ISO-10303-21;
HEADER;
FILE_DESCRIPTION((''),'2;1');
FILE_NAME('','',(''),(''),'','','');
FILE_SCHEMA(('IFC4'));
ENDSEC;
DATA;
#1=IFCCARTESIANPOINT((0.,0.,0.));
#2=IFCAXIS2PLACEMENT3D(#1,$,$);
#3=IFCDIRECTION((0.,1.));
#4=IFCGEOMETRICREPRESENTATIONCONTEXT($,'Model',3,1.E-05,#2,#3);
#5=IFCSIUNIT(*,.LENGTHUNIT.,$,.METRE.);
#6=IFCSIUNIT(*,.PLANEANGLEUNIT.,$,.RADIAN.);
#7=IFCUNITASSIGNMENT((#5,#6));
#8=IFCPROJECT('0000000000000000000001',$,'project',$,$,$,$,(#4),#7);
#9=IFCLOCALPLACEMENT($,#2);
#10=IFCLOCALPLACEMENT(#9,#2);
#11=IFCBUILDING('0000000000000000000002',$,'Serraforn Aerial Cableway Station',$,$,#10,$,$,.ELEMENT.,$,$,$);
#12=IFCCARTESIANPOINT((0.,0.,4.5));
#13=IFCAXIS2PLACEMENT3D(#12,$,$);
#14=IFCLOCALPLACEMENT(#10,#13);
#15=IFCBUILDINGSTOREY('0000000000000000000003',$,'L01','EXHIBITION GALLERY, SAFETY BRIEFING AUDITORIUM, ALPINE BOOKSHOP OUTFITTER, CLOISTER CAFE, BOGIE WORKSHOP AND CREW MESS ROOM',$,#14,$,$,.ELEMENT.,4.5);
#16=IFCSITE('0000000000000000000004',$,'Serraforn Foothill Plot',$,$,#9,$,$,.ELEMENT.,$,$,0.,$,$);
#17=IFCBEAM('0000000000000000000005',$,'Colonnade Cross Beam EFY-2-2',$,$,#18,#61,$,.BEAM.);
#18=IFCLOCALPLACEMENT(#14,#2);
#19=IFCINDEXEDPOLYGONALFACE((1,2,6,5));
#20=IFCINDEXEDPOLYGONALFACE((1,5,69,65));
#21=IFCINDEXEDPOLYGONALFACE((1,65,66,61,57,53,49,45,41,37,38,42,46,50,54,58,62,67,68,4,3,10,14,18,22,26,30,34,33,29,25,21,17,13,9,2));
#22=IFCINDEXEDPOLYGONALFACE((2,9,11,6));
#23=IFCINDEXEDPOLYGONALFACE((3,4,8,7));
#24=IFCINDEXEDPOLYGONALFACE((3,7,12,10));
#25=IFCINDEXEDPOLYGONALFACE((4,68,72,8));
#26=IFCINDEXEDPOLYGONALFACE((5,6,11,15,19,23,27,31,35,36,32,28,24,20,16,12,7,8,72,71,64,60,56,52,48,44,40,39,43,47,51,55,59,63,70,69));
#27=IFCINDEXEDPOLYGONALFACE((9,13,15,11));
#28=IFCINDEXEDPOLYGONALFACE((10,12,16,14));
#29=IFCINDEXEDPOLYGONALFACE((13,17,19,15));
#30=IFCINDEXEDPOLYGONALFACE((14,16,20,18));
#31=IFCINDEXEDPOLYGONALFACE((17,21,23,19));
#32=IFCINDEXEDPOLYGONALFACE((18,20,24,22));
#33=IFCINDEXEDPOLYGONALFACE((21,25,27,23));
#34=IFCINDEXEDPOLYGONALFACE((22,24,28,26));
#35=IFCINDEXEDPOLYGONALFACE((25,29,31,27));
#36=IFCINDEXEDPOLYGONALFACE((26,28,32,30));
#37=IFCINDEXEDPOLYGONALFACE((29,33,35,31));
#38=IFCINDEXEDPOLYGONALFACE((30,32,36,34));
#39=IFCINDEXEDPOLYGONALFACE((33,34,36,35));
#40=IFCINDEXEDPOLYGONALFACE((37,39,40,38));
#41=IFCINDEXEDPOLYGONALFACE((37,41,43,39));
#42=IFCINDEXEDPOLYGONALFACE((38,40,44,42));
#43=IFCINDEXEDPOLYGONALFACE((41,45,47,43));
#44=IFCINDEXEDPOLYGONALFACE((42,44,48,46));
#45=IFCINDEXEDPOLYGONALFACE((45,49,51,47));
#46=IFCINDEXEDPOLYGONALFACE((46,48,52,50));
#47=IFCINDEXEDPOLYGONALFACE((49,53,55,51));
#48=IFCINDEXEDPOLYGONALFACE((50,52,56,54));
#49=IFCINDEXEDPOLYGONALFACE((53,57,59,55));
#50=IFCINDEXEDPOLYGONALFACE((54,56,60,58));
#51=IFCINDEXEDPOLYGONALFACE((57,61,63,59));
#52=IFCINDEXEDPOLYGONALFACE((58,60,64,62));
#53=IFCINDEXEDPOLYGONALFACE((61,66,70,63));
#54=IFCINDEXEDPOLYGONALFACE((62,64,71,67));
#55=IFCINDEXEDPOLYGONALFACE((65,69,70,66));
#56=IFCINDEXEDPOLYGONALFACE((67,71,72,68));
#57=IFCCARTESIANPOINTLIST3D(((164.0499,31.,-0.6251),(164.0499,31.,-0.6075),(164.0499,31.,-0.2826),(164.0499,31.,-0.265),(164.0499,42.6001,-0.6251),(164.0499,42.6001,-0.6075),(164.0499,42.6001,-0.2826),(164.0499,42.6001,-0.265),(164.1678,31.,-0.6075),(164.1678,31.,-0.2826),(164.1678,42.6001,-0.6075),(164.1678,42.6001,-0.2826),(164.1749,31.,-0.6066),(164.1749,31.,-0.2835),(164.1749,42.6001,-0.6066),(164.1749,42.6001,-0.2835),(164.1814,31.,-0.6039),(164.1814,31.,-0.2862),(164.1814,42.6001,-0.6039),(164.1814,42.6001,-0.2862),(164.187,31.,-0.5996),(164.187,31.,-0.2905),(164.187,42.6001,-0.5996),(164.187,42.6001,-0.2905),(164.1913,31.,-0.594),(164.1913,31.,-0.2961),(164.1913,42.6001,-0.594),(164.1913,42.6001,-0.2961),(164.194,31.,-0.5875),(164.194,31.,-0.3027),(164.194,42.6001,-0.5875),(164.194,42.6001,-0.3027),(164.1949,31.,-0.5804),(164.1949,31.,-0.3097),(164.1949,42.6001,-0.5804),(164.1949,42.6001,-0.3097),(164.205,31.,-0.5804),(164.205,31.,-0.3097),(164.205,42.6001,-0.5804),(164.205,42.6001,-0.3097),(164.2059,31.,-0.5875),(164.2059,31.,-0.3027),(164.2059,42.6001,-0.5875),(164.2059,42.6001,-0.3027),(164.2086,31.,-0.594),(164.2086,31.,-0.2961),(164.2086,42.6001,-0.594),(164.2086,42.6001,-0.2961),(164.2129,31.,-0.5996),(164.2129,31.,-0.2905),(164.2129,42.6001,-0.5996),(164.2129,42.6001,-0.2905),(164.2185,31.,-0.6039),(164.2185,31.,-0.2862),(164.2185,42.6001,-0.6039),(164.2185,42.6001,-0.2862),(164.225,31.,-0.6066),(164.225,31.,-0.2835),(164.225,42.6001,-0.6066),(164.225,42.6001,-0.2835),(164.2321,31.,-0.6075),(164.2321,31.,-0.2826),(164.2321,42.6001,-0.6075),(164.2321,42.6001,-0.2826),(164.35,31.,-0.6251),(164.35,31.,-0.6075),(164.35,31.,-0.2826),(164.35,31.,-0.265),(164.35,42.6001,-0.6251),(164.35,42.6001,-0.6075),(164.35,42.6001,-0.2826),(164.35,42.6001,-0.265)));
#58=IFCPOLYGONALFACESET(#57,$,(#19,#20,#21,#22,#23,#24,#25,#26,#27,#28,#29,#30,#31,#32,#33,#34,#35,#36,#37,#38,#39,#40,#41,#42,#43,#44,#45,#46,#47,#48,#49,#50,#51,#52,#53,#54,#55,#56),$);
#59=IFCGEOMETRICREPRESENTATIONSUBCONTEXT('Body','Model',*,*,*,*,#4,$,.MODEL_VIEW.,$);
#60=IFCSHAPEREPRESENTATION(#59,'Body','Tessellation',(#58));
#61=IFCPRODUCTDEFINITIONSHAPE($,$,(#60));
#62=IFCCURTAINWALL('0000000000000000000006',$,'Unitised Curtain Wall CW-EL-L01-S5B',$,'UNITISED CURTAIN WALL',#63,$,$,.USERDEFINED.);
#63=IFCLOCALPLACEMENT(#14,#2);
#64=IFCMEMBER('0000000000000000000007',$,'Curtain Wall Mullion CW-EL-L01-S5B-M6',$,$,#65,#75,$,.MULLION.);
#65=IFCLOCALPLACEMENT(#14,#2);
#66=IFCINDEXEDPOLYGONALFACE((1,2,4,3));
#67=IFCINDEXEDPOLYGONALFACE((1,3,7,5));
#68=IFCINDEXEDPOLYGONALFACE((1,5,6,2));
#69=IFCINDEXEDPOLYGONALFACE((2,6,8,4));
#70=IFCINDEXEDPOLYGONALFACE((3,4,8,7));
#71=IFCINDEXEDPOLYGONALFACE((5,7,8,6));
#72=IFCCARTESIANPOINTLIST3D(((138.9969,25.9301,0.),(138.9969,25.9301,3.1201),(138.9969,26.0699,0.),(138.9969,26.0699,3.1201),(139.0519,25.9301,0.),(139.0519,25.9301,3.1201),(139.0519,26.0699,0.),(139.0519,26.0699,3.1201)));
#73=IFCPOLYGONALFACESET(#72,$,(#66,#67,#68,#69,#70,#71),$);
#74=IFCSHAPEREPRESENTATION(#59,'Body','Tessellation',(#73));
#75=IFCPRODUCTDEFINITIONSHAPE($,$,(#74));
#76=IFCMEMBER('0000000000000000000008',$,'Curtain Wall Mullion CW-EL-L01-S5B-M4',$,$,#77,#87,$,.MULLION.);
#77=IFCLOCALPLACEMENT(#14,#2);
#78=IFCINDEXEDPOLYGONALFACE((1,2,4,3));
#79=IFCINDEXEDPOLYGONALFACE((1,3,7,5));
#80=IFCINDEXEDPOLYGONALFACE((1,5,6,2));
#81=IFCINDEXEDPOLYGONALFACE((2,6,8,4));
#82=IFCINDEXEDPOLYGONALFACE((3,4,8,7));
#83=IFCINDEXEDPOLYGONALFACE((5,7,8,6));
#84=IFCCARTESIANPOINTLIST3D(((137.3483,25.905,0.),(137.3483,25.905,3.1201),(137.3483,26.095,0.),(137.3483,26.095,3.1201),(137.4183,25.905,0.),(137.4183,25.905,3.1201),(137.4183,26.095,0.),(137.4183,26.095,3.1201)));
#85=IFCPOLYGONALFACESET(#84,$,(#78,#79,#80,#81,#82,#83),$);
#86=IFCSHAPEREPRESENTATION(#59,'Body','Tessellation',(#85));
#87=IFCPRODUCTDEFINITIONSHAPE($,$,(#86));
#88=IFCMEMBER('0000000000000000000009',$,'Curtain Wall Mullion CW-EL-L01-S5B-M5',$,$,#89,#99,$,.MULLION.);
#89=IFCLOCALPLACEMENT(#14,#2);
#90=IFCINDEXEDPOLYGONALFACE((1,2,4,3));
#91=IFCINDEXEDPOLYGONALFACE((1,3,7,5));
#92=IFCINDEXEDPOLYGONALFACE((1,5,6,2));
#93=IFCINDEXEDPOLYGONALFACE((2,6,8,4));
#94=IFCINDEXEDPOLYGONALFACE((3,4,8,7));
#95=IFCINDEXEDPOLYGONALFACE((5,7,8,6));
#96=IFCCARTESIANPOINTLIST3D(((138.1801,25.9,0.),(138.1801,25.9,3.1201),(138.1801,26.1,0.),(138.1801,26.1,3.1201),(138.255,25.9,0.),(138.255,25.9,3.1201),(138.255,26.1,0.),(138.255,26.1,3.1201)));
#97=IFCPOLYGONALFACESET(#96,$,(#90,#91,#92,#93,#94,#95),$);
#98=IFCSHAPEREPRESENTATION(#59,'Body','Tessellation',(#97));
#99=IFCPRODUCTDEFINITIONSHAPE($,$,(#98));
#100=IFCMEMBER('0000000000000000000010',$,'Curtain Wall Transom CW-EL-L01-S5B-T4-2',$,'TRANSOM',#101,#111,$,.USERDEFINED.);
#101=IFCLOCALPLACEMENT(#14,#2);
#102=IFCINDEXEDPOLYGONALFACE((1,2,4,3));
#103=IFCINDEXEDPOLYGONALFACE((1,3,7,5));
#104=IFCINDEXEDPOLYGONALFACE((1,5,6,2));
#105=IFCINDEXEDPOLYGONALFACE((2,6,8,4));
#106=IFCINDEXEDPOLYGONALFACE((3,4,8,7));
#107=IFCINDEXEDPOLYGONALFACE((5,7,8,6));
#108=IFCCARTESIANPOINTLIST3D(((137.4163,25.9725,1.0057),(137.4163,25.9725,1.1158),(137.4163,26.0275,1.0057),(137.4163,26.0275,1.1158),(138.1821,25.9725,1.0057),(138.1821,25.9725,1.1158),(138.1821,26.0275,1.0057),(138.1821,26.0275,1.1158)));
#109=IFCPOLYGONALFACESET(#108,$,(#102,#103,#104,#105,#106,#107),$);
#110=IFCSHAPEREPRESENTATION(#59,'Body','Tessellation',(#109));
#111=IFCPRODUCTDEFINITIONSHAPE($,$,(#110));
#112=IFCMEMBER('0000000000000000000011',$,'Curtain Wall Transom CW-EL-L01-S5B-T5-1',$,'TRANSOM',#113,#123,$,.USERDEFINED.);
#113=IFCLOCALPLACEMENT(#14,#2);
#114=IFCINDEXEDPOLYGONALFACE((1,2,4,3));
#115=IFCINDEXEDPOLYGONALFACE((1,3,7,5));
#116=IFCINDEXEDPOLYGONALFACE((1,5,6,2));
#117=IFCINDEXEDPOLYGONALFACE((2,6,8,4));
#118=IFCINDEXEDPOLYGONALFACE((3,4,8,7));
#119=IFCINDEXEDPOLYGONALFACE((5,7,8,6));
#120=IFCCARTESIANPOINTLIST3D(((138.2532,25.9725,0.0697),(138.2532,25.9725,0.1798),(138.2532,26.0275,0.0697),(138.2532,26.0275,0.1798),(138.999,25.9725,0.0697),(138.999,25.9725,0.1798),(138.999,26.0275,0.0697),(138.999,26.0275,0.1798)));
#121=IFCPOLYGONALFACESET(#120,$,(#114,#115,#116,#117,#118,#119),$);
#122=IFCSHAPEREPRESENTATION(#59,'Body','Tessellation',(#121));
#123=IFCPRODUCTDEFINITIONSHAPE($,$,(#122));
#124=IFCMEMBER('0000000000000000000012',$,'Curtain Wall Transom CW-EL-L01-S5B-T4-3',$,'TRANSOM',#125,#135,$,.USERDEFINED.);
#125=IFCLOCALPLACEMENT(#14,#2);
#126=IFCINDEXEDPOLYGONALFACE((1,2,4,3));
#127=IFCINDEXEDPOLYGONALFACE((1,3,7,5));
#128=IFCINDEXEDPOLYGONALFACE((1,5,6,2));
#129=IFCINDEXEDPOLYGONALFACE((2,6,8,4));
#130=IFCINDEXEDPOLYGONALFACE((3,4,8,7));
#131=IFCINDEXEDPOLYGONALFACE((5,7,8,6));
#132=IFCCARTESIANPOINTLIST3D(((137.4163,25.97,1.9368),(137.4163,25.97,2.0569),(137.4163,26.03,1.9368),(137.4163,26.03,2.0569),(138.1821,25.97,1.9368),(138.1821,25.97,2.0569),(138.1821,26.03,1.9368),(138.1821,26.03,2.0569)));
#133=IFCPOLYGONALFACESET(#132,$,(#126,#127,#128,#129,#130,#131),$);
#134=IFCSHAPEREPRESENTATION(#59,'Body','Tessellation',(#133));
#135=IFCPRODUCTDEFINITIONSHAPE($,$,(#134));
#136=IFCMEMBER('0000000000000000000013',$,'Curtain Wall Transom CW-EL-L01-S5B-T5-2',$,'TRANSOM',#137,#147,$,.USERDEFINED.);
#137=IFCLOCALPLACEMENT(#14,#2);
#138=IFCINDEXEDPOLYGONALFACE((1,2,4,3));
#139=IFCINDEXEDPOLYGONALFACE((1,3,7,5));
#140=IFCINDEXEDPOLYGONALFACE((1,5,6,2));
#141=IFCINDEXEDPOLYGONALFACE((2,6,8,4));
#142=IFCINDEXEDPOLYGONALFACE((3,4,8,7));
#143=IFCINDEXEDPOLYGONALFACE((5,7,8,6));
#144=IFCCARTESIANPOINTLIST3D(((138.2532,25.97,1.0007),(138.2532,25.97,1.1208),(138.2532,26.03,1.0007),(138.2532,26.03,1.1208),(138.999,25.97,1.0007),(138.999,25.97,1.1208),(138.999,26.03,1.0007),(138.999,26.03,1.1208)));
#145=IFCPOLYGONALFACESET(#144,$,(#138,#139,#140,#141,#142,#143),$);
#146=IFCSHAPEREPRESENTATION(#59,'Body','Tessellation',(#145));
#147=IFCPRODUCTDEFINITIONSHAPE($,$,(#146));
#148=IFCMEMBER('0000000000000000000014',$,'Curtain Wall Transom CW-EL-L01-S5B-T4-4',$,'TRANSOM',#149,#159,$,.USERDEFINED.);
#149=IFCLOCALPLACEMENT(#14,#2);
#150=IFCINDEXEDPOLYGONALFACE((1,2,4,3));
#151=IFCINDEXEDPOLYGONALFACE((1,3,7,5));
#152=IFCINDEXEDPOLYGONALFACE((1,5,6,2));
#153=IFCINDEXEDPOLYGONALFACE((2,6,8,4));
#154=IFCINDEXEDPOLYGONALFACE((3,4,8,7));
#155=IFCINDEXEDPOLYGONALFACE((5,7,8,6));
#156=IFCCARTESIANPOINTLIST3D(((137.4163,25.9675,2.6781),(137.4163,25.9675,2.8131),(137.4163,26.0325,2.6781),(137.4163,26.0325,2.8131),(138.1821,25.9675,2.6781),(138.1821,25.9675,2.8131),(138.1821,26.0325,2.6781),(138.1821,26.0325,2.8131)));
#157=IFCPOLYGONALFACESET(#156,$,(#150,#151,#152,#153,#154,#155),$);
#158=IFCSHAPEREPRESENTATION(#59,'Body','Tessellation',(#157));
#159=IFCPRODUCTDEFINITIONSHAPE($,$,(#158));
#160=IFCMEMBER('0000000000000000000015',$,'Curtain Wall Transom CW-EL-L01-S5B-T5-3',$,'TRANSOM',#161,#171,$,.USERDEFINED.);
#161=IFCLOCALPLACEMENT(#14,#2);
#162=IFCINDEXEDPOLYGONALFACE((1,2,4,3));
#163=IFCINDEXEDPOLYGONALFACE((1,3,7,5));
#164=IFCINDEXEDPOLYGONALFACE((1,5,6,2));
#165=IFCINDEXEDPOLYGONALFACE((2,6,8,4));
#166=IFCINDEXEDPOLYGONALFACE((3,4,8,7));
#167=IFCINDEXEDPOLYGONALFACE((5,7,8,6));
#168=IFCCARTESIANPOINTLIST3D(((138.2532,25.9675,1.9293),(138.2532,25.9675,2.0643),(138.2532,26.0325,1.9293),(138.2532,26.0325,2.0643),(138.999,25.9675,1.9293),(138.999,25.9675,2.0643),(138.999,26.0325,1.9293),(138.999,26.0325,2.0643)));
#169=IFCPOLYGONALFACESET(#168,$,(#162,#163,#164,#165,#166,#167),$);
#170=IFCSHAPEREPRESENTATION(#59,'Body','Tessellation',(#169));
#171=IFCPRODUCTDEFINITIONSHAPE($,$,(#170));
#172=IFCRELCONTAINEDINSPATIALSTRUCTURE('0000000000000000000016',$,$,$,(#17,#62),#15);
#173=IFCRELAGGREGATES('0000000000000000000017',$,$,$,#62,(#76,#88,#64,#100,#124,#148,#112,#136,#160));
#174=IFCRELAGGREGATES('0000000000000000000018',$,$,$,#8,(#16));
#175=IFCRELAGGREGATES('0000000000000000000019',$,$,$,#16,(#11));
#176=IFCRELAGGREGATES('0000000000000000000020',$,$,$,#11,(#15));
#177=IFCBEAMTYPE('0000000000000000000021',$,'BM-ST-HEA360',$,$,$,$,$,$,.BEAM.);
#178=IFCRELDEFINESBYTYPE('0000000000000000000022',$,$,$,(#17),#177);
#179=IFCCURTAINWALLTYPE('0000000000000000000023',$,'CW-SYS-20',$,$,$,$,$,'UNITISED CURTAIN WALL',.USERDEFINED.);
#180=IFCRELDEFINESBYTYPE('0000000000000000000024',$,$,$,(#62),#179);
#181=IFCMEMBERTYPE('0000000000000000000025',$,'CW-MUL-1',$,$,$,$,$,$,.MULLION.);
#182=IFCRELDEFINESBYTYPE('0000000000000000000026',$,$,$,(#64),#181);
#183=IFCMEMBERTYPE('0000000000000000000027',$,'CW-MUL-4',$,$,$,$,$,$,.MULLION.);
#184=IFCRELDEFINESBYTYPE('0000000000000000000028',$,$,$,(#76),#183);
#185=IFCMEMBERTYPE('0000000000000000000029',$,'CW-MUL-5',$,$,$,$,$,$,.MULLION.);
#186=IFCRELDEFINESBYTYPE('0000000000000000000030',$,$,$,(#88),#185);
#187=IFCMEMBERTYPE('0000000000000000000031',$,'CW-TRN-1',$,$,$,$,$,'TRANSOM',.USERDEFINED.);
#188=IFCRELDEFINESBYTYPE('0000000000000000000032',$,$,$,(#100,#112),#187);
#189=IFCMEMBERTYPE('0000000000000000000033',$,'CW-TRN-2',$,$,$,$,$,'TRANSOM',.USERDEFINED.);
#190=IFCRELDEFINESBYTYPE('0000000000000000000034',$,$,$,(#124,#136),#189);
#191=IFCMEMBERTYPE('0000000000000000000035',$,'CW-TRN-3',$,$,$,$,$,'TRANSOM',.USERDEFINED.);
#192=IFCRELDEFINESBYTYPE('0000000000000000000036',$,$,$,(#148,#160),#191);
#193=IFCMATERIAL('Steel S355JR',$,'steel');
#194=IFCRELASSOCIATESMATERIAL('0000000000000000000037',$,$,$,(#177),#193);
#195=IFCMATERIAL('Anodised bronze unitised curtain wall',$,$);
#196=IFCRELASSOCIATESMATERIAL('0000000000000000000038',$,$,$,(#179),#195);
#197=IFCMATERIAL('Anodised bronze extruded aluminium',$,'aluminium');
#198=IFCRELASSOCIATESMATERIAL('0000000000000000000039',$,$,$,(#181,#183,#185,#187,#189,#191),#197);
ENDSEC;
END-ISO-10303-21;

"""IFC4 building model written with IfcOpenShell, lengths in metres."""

from ifc_helpers import new_model, si_unit, direction, frame, origin, origin_2d, place, context, subcontext, project, spatial, rectangle, i_section, extrude, material, material_profile, profile_set, type_object, element, aggregate, save


model = new_model("IFC4")

# Units and contexts
model_context = context("Model", 3, precision=1e-05, world=origin(), true_north=direction((0.0, 1.0)))
body_context = subcontext(model_context, "Body", "Model", "MODEL_VIEW")
ifc_project = project(units=[si_unit("LENGTHUNIT", "METRE"), si_unit("PLANEANGLEUNIT", "RADIAN")], contexts=[model_context])

# Site, building, storey
site_placement = place(None, origin())
site = spatial("IfcSite", under=ifc_project, at=site_placement, Name="Serraforn Foothill Plot", CompositionType="ELEMENT", RefElevation=0.0)
building_placement = place(site_placement, origin())
building = spatial("IfcBuilding", under=site, at=building_placement, Name="Serraforn Aerial Cableway Station", CompositionType="ELEMENT")
storey_placement = place(building_placement, frame((0.0, 0.0, 4.5)))
storey = spatial("IfcBuildingStorey", under=building, at=storey_placement, Name="L01", Description="EXHIBITION GALLERY, SAFETY BRIEFING AUDITORIUM, ALPINE BOOKSHOP OUTFITTER, CLOISTER CAFE, BOGIE WORKSHOP AND CREW MESS ROOM", CompositionType="ELEMENT", Elevation=4.5)

# Beam
ifc_material_1 = material(Name="Steel S355JR", Category="steel")
ifc_material_profile_1 = material_profile(ifc_material_1, i_section(OverallWidth=0.3, OverallDepth=0.3601, WebThickness=0.01, FlangeThickness=0.0176, FilletRadius=0.0271, at=origin_2d()), Name="HEA 360")
ifc_profile_set_1 = profile_set([ifc_material_profile_1], Name="Steel S355JR")
beam_type = type_object("IfcBeamType", Name="BM-ST-HEA360", PredefinedType="BEAM", material=ifc_profile_set_1)
for number, where, z_axis, x_axis, name in (
    (1, (164.2, 31.0, -0.4451), (0.0, 1.0, 0.0), (-1.0, 0.0, 0.0), "Colonnade Cross Beam EFY-2-2"),
):
    element("IfcBeam", number, at=place(storey_placement, frame(where, z_axis=z_axis, x_axis=x_axis)), inside=storey, type_object=beam_type, Name=name, PredefinedType="BEAM", context=body_context, shape_type="SweptSolid", body=[
        extrude(i_section(OverallWidth=0.3, OverallDepth=0.3601, WebThickness=0.01, FlangeThickness=0.0176, FilletRadius=0.0271, at=origin_2d()), origin(), (0.0, 0.0, 1.0), 11.6001),
    ])

# Curtain wall, members
ifc_material_2 = material(Name="Anodised bronze unitised curtain wall")
curtain_wall_type = type_object("IfcCurtainWallType", Name="CW-SYS-20", ElementType="UNITISED CURTAIN WALL", PredefinedType="USERDEFINED", material=ifc_material_2)
curtain_wall_placement = place(storey_placement, origin())
curtain_wall = element("IfcCurtainWall", 2, at=curtain_wall_placement, inside=storey, type_object=curtain_wall_type, Name="Unitised Curtain Wall CW-EL-L01-S5B", ObjectType="UNITISED CURTAIN WALL", PredefinedType="USERDEFINED")
ifc_material_3 = material(Name="Anodised bronze extruded aluminium", Category="aluminium")
ifc_material_profile_2 = material_profile(ifc_material_3, rectangle(XDim=0.0549, YDim=0.1399, at=origin_2d()), Name="CW MULLION 55x140")
ifc_profile_set_2 = profile_set([ifc_material_profile_2], Name="Anodised bronze extruded aluminium")
member_type_1 = type_object("IfcMemberType", Name="CW-MUL-1", PredefinedType="MULLION", material=ifc_profile_set_2)
member_1_placement = place(storey_placement, frame((139.0244, 26.0, 0.0), z_axis=(0.0, 0.0, 1.0), x_axis=(1.0, 0.0, 0.0)))
member_1 = element("IfcMember", 3, at=member_1_placement, type_object=member_type_1, Name="Curtain Wall Mullion CW-EL-L01-S5B-M6", PredefinedType="MULLION", context=body_context, shape_type="SweptSolid", body=[
    extrude(rectangle(XDim=0.0549, YDim=0.1399, at=origin_2d()), origin(), (0.0, 0.0, 1.0), 3.1201),
])
ifc_material_profile_3 = material_profile(ifc_material_3, rectangle(XDim=0.0701, YDim=0.1899, at=origin_2d()), Name="CW MULLION 70x190")
ifc_profile_set_3 = profile_set([ifc_material_profile_3], Name="Anodised bronze extruded aluminium")
member_type_2 = type_object("IfcMemberType", Name="CW-MUL-4", PredefinedType="MULLION", material=ifc_profile_set_3)
member_2_placement = place(storey_placement, frame((137.3833, 26.0, 0.0), z_axis=(0.0, 0.0, 1.0), x_axis=(1.0, 0.0, 0.0)))
member_2 = element("IfcMember", 4, at=member_2_placement, type_object=member_type_2, Name="Curtain Wall Mullion CW-EL-L01-S5B-M4", PredefinedType="MULLION", context=body_context, shape_type="SweptSolid", body=[
    extrude(rectangle(XDim=0.0701, YDim=0.1899, at=origin_2d()), origin(), (0.0, 0.0, 1.0), 3.1201),
])
ifc_material_profile_4 = material_profile(ifc_material_3, rectangle(XDim=0.075, YDim=0.2, at=origin_2d()), Name="CW MULLION 75x200")
ifc_profile_set_4 = profile_set([ifc_material_profile_4], Name="Anodised bronze extruded aluminium")
member_type_3 = type_object("IfcMemberType", Name="CW-MUL-5", PredefinedType="MULLION", material=ifc_profile_set_4)
member_3_placement = place(storey_placement, frame((138.2175, 26.0, 0.0), z_axis=(0.0, 0.0, 1.0), x_axis=(1.0, 0.0, 0.0)))
member_3 = element("IfcMember", 5, at=member_3_placement, type_object=member_type_3, Name="Curtain Wall Mullion CW-EL-L01-S5B-M5", PredefinedType="MULLION", context=body_context, shape_type="SweptSolid", body=[
    extrude(rectangle(XDim=0.075, YDim=0.2, at=origin_2d()), origin(), (0.0, 0.0, 1.0), 3.1201),
])
ifc_material_profile_5 = material_profile(ifc_material_3, rectangle(XDim=0.0549, YDim=0.1101, at=origin_2d()), Name="CW TRANSOM 55x110")
ifc_profile_set_5 = profile_set([ifc_material_profile_5], Name="Anodised bronze extruded aluminium")
member_type_4 = type_object("IfcMemberType", Name="CW-TRN-1", ElementType="TRANSOM", PredefinedType="USERDEFINED", material=ifc_profile_set_5)
member_4_placement = place(storey_placement, frame((137.4163, 26.0, 1.0608), z_axis=(1.0, 0.0, 0.0), x_axis=(0.0, 1.0, 0.0)))
member_4 = element("IfcMember", 6, at=member_4_placement, type_object=member_type_4, Name="Curtain Wall Transom CW-EL-L01-S5B-T4-2", ObjectType="TRANSOM", PredefinedType="USERDEFINED", context=body_context, shape_type="SweptSolid", body=[
    extrude(rectangle(XDim=0.0549, YDim=0.1101, at=origin_2d()), origin(), (0.0, 0.0, 1.0), 0.7659),
])
member_5_placement = place(storey_placement, frame((138.2532, 26.0, 0.1248), z_axis=(1.0, 0.0, 0.0), x_axis=(0.0, 1.0, 0.0)))
member_5 = element("IfcMember", 7, at=member_5_placement, type_object=member_type_4, Name="Curtain Wall Transom CW-EL-L01-S5B-T5-1", ObjectType="TRANSOM", PredefinedType="USERDEFINED", context=body_context, shape_type="SweptSolid", body=[
    extrude(rectangle(XDim=0.0549, YDim=0.1101, at=origin_2d()), origin(), (0.0, 0.0, 1.0), 0.7458),
])
ifc_material_profile_6 = material_profile(ifc_material_3, rectangle(XDim=0.0601, YDim=0.1201, at=origin_2d()), Name="CW TRANSOM 60x120")
ifc_profile_set_6 = profile_set([ifc_material_profile_6], Name="Anodised bronze extruded aluminium")
member_type_5 = type_object("IfcMemberType", Name="CW-TRN-2", ElementType="TRANSOM", PredefinedType="USERDEFINED", material=ifc_profile_set_6)
member_6_placement = place(storey_placement, frame((137.4163, 26.0, 1.9968), z_axis=(1.0, 0.0, 0.0), x_axis=(0.0, 1.0, 0.0)))
member_6 = element("IfcMember", 8, at=member_6_placement, type_object=member_type_5, Name="Curtain Wall Transom CW-EL-L01-S5B-T4-3", ObjectType="TRANSOM", PredefinedType="USERDEFINED", context=body_context, shape_type="SweptSolid", body=[
    extrude(rectangle(XDim=0.0601, YDim=0.1201, at=origin_2d()), origin(), (0.0, 0.0, 1.0), 0.7659),
])
member_7_placement = place(storey_placement, frame((138.2532, 26.0, 1.0608), z_axis=(1.0, 0.0, 0.0), x_axis=(0.0, 1.0, 0.0)))
member_7 = element("IfcMember", 9, at=member_7_placement, type_object=member_type_5, Name="Curtain Wall Transom CW-EL-L01-S5B-T5-2", ObjectType="TRANSOM", PredefinedType="USERDEFINED", context=body_context, shape_type="SweptSolid", body=[
    extrude(rectangle(XDim=0.0601, YDim=0.1201, at=origin_2d()), origin(), (0.0, 0.0, 1.0), 0.7458),
])
ifc_material_profile_7 = material_profile(ifc_material_3, rectangle(XDim=0.0649, YDim=0.135, at=origin_2d()), Name="CW TRANSOM 65x135")
ifc_profile_set_7 = profile_set([ifc_material_profile_7], Name="Anodised bronze extruded aluminium")
member_type_6 = type_object("IfcMemberType", Name="CW-TRN-3", ElementType="TRANSOM", PredefinedType="USERDEFINED", material=ifc_profile_set_7)
member_8_placement = place(storey_placement, frame((137.4163, 26.0, 2.7456), z_axis=(1.0, 0.0, 0.0), x_axis=(0.0, 1.0, 0.0)))
member_8 = element("IfcMember", 10, at=member_8_placement, type_object=member_type_6, Name="Curtain Wall Transom CW-EL-L01-S5B-T4-4", ObjectType="TRANSOM", PredefinedType="USERDEFINED", context=body_context, shape_type="SweptSolid", body=[
    extrude(rectangle(XDim=0.0649, YDim=0.135, at=origin_2d()), origin(), (0.0, 0.0, 1.0), 0.7659),
])
member_9_placement = place(storey_placement, frame((138.2532, 26.0, 1.9968), z_axis=(1.0, 0.0, 0.0), x_axis=(0.0, 1.0, 0.0)))
member_9 = element("IfcMember", 11, at=member_9_placement, type_object=member_type_6, Name="Curtain Wall Transom CW-EL-L01-S5B-T5-3", ObjectType="TRANSOM", PredefinedType="USERDEFINED", context=body_context, shape_type="SweptSolid", body=[
    extrude(rectangle(XDim=0.0649, YDim=0.135, at=origin_2d()), origin(), (0.0, 0.0, 1.0), 0.7458),
])
aggregate(curtain_wall, [member_2, member_3, member_1, member_4, member_6, member_8, member_5, member_7, member_9])

save(model, "model.ifc")
